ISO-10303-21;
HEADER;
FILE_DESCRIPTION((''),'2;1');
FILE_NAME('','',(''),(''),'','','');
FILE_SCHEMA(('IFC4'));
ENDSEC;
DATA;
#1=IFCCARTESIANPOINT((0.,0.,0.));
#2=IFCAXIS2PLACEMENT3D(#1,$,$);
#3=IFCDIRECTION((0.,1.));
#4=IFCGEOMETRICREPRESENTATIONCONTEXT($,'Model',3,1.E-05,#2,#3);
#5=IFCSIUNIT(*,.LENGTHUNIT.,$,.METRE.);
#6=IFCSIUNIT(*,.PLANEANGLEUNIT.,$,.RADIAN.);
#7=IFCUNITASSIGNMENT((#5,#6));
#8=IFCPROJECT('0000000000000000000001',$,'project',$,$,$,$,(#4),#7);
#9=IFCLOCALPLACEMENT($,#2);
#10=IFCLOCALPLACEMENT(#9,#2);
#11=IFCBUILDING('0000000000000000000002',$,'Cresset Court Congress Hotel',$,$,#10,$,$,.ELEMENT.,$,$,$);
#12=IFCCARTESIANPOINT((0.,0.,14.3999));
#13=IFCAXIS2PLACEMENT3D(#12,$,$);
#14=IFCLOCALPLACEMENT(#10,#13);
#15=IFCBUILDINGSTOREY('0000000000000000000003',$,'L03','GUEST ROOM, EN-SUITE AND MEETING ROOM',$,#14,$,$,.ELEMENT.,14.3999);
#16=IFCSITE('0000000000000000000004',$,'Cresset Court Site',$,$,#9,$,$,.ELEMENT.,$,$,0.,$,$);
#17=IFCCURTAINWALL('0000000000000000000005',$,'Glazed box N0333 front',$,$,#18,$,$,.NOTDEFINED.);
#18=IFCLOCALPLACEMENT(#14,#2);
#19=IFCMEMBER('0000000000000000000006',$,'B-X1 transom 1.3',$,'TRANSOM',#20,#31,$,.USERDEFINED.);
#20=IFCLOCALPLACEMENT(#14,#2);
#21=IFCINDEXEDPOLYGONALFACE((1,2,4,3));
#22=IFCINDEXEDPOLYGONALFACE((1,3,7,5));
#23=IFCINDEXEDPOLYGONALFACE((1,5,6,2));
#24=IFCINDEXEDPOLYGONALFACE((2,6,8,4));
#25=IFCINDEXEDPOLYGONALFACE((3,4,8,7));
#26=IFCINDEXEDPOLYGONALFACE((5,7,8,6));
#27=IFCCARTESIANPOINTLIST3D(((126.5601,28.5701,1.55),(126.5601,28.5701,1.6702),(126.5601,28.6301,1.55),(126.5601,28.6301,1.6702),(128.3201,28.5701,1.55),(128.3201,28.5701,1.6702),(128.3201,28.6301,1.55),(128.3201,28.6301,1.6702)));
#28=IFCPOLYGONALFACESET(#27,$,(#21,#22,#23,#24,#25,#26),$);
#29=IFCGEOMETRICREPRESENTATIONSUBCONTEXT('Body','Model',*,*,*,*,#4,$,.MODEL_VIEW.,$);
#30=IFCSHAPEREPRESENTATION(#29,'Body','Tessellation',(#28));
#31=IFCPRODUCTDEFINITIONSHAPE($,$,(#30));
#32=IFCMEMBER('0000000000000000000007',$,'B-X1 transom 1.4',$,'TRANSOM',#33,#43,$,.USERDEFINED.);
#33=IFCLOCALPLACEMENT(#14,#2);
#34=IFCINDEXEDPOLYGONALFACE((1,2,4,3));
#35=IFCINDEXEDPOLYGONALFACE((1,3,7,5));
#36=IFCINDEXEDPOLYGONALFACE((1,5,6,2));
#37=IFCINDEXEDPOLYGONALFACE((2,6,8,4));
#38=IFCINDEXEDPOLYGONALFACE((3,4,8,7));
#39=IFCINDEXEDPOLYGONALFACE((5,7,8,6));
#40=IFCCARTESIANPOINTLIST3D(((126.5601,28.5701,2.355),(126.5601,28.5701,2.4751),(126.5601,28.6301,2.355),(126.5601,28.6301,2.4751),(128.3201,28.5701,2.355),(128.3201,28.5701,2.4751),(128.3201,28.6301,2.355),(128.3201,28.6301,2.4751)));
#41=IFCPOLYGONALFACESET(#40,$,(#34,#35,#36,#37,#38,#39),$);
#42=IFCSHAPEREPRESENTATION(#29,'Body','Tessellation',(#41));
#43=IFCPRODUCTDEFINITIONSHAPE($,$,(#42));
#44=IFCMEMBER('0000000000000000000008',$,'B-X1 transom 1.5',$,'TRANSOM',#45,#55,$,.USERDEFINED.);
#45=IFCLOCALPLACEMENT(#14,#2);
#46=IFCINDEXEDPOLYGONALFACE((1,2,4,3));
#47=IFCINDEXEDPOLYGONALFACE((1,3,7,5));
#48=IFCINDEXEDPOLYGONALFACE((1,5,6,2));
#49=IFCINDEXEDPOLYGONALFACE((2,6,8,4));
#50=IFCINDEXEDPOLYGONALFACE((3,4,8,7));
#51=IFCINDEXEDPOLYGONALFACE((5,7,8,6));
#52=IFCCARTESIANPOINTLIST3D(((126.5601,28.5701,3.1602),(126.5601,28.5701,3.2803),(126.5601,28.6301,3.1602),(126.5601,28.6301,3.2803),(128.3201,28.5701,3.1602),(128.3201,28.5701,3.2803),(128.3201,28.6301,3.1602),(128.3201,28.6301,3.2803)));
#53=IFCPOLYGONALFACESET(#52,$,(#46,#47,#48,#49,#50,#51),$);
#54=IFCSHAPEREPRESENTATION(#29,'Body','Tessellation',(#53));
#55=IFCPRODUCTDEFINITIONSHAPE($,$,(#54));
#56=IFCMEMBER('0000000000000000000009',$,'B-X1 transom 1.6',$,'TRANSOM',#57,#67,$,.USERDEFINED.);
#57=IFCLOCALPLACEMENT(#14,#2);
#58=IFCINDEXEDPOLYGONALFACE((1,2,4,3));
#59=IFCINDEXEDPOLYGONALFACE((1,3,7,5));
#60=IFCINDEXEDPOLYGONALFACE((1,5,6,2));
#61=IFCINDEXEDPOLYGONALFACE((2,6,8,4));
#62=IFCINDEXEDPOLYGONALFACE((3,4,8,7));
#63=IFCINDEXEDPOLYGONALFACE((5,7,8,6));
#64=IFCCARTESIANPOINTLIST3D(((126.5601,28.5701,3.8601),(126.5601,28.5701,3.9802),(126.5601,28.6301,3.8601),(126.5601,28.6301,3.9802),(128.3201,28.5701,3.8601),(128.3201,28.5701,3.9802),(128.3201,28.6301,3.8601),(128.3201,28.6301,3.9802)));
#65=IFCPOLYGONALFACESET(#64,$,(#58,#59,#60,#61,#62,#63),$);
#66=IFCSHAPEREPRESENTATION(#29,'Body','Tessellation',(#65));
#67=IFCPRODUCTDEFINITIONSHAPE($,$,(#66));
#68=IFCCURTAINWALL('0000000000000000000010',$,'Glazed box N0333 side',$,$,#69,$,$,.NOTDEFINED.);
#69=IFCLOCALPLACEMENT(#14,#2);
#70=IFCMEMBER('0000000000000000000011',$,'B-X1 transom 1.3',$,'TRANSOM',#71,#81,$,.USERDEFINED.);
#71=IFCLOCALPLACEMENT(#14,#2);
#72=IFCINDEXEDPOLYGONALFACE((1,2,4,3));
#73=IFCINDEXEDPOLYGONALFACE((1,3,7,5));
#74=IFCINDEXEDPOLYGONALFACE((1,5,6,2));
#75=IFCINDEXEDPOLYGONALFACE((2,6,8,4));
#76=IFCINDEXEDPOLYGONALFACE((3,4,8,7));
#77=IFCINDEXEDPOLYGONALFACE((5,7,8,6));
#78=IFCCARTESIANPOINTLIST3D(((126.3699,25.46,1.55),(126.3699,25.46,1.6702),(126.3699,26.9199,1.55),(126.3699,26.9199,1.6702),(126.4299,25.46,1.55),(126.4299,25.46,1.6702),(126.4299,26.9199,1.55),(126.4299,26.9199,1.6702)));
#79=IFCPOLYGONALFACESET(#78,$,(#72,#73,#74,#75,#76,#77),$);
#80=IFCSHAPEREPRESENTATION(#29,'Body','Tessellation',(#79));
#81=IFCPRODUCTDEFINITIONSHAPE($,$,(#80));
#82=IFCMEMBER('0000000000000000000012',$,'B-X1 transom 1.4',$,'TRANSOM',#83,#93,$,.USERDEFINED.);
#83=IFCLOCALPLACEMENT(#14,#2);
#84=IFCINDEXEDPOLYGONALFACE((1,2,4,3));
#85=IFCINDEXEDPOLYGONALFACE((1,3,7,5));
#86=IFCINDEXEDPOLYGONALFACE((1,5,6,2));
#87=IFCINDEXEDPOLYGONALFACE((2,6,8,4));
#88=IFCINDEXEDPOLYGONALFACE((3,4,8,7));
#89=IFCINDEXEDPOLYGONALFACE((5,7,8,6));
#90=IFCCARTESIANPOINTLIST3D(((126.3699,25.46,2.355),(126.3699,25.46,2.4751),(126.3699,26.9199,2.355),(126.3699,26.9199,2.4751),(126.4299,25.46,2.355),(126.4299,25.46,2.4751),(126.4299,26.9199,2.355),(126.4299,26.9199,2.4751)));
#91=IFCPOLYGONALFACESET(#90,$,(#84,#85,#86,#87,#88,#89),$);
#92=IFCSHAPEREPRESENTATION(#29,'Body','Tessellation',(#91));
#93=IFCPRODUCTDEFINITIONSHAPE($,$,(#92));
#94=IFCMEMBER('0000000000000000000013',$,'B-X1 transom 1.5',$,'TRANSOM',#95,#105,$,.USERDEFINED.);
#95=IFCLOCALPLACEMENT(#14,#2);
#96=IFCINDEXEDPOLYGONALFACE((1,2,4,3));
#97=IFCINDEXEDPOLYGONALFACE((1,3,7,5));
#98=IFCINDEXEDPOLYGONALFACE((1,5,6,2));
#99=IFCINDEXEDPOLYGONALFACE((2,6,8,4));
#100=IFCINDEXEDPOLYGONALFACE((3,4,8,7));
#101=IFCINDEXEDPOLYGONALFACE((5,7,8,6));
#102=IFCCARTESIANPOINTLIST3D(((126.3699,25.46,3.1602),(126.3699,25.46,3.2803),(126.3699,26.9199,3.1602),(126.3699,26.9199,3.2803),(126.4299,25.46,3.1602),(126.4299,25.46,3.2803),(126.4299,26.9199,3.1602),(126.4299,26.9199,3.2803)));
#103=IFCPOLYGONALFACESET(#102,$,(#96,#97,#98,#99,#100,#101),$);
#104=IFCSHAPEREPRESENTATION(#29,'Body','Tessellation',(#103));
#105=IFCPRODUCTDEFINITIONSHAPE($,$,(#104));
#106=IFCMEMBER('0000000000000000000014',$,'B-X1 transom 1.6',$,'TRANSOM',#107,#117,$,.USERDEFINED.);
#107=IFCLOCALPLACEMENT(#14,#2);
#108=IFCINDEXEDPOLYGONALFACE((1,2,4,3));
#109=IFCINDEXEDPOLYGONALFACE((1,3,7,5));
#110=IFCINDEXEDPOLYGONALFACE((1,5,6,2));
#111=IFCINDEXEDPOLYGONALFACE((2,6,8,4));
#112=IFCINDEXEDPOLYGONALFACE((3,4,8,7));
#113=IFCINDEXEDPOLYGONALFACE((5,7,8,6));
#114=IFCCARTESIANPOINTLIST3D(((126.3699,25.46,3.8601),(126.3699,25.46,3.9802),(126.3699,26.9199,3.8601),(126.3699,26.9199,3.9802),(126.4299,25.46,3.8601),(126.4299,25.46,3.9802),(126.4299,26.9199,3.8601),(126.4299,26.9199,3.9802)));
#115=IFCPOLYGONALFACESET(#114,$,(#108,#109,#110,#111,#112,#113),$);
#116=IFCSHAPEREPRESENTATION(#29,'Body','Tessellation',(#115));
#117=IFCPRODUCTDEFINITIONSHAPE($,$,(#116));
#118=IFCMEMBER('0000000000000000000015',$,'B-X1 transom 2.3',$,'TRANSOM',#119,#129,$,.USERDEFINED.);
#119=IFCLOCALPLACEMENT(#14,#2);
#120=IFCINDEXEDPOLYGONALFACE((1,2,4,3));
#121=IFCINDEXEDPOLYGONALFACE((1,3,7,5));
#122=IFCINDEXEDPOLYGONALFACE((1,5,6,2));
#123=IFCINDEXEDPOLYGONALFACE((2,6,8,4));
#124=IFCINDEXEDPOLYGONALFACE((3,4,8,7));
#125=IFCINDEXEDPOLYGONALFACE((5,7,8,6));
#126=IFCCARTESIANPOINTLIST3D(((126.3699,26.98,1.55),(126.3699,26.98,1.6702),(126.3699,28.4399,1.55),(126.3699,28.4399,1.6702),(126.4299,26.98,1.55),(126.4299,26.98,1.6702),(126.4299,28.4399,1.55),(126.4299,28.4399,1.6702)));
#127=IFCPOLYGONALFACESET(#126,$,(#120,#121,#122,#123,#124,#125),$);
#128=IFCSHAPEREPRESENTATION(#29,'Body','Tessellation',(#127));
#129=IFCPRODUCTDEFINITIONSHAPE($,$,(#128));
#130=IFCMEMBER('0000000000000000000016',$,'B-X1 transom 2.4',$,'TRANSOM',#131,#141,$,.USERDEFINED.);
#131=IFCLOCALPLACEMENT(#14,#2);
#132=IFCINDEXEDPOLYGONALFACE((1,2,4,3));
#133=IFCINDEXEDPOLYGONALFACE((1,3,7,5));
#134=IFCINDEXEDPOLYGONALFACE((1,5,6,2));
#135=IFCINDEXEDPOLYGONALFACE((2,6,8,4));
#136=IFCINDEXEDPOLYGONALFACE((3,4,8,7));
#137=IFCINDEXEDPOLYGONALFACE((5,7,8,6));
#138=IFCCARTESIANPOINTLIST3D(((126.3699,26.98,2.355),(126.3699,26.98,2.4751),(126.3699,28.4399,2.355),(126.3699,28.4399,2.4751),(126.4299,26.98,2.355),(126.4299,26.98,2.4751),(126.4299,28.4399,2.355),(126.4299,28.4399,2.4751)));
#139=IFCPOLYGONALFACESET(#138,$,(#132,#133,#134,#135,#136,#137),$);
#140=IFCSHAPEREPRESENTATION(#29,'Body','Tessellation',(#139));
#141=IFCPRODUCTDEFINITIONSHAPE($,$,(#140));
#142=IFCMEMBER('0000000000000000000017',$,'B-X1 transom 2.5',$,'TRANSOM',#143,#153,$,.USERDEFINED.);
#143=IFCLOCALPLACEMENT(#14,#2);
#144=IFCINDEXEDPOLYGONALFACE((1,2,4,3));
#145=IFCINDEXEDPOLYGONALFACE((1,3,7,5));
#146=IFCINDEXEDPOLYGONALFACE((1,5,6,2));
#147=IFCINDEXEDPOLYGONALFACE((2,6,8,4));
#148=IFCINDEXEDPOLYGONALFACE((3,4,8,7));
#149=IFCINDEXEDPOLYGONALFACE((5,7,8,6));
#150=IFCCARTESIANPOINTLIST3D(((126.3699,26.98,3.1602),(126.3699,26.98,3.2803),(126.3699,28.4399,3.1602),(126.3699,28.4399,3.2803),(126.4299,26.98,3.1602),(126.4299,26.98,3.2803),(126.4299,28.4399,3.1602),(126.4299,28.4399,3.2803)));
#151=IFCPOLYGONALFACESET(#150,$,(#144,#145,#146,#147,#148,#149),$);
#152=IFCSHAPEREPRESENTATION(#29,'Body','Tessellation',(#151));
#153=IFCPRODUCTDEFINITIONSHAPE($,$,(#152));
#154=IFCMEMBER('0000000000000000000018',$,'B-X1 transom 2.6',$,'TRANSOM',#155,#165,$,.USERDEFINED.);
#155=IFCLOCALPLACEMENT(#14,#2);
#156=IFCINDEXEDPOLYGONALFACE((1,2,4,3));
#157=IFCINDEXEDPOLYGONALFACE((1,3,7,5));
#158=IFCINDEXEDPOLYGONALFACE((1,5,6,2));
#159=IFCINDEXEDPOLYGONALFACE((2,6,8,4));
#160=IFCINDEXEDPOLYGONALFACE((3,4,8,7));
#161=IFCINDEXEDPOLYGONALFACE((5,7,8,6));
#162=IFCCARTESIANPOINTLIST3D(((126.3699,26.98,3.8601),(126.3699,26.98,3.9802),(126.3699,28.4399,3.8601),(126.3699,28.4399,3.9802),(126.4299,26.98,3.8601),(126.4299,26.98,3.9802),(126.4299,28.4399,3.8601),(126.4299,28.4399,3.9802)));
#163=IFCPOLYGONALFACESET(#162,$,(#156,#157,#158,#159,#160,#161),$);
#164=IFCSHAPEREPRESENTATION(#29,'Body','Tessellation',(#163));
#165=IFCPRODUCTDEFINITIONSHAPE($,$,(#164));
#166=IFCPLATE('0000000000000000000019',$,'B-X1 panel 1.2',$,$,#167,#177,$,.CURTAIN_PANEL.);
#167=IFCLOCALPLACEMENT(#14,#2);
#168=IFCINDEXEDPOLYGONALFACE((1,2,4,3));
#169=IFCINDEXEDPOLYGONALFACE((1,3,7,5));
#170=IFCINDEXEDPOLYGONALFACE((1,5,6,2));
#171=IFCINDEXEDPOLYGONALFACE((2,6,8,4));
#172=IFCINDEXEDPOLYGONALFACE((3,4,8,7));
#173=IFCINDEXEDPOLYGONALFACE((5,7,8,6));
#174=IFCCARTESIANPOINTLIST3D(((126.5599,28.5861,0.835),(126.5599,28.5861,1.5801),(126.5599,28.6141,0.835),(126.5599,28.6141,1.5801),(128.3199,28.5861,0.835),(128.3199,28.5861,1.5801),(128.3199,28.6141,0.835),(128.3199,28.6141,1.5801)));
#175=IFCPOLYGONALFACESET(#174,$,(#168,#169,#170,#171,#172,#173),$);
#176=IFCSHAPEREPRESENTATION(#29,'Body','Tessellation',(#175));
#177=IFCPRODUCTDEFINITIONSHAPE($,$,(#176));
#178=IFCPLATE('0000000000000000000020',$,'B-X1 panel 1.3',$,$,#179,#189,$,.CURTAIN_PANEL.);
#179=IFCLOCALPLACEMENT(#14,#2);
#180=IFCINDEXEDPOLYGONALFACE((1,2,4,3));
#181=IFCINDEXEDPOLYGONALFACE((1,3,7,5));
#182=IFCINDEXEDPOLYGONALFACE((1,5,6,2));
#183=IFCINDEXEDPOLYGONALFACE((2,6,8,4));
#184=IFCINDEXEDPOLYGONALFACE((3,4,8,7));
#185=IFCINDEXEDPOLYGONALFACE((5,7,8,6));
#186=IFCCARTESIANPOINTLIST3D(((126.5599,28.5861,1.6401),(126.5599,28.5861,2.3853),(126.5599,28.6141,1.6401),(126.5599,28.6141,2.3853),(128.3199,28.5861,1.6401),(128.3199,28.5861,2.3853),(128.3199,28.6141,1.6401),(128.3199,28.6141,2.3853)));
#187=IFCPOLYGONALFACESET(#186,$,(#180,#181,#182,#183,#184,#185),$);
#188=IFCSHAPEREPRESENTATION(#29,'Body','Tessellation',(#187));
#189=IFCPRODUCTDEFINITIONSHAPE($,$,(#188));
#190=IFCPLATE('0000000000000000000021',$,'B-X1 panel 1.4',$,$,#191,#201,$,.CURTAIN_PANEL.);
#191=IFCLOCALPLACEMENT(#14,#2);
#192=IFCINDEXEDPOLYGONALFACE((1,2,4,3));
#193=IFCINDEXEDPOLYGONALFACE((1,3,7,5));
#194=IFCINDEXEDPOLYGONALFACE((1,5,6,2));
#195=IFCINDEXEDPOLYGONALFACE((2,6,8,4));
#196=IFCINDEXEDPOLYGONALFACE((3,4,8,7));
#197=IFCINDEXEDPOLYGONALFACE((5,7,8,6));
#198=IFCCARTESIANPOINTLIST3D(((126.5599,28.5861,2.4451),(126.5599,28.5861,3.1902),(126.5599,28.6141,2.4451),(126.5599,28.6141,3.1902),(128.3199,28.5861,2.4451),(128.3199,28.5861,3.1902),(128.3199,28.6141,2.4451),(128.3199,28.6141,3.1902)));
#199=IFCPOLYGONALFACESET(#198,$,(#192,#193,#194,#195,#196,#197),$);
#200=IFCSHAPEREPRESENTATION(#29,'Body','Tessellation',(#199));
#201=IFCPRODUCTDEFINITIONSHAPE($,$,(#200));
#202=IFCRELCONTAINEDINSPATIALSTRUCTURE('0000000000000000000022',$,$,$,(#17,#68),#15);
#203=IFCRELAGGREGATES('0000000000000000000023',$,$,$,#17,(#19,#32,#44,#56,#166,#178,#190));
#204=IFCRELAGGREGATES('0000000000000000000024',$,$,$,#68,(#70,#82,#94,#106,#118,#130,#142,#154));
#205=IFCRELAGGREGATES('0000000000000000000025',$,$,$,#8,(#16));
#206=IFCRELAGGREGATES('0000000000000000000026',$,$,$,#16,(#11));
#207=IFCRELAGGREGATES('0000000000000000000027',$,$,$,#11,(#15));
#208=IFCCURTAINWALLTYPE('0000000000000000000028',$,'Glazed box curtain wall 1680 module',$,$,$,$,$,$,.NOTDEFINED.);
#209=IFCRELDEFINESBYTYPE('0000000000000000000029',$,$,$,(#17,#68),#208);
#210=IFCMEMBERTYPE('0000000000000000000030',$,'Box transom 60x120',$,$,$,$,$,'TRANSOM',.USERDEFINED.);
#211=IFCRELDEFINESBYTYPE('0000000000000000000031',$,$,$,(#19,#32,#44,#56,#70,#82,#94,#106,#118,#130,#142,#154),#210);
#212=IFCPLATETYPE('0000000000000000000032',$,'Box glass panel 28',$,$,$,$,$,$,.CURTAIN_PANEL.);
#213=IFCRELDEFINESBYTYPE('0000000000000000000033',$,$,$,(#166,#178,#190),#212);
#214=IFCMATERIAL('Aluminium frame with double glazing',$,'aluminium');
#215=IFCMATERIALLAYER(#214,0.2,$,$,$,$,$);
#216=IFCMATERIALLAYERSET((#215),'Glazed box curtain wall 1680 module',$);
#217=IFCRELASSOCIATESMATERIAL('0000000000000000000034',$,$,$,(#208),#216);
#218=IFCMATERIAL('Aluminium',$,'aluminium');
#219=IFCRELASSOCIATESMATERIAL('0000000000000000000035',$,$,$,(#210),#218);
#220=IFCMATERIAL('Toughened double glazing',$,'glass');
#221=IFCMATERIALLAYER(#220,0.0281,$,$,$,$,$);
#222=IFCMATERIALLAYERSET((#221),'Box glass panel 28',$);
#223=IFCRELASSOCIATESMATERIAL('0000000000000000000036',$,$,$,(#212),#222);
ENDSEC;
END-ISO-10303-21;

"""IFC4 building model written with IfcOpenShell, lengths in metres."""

from ifc_helpers import new_model, si_unit, direction, frame, origin, origin_2d, place, context, subcontext, project, spatial, rectangle, extrude, material, layer, layer_set, material_profile, profile_set, type_object, element, aggregate, save


model = new_model("IFC4")

# Units and contexts
model_context = context("Model", 3, precision=1e-05, world=origin(), true_north=direction((0.0, 1.0)))
body_context = subcontext(model_context, "Body", "Model", "MODEL_VIEW")
ifc_project = project(units=[si_unit("LENGTHUNIT", "METRE"), si_unit("PLANEANGLEUNIT", "RADIAN")], contexts=[model_context])

# Site, building, storey
site_placement = place(None, origin())
site = spatial("IfcSite", under=ifc_project, at=site_placement, Name="Cresset Court Site", CompositionType="ELEMENT", RefElevation=0.0)
building_placement = place(site_placement, origin())
building = spatial("IfcBuilding", under=site, at=building_placement, Name="Cresset Court Congress Hotel", CompositionType="ELEMENT")
storey_placement = place(building_placement, frame((0.0, 0.0, 14.3999)))
storey = spatial("IfcBuildingStorey", under=building, at=storey_placement, Name="L03", Description="GUEST ROOM, EN-SUITE AND MEETING ROOM", CompositionType="ELEMENT", Elevation=14.3999)

# Curtain walls, members
ifc_material_1 = material(Name="Aluminium frame with double glazing", Category="aluminium")
ifc_layer_1 = layer(ifc_material_1, 0.2)
ifc_layer_set_1 = layer_set([ifc_layer_1], Name="Glazed box curtain wall 1680 module")
curtain_wall_type = type_object("IfcCurtainWallType", Name="Glazed box curtain wall 1680 module", PredefinedType="NOTDEFINED", material=ifc_layer_set_1)
curtain_wall_1_placement = place(storey_placement, origin())
curtain_wall_1 = element("IfcCurtainWall", 1, at=curtain_wall_1_placement, inside=storey, type_object=curtain_wall_type, Name="Glazed box N0333 front", PredefinedType="NOTDEFINED")
ifc_material_2 = material(Name="Aluminium", Category="aluminium")
ifc_material_profile = material_profile(ifc_material_2, rectangle(XDim=0.0601, YDim=0.1201, at=origin_2d()), Name="Box transom 60x120")
ifc_profile_set = profile_set([ifc_material_profile], Name="Aluminium")
member_type = type_object("IfcMemberType", Name="Box transom 60x120", ElementType="TRANSOM", PredefinedType="USERDEFINED", material=ifc_profile_set)
member_1_placement = place(storey_placement, frame((126.5601, 28.6001, 1.6101), z_axis=(1.0, 0.0, 0.0), x_axis=(0.0, 1.0, 0.0)))
member_1 = element("IfcMember", 2, at=member_1_placement, type_object=member_type, Name="B-X1 transom 1.3", ObjectType="TRANSOM", PredefinedType="USERDEFINED", context=body_context, shape_type="SweptSolid", body=[
    extrude(rectangle(XDim=0.0601, YDim=0.1201, at=origin_2d()), origin(), (0.0, 0.0, 1.0), 1.76),
])
member_2_placement = place(storey_placement, frame((126.5601, 28.6001, 2.415), z_axis=(1.0, 0.0, 0.0), x_axis=(0.0, 1.0, 0.0)))
member_2 = element("IfcMember", 3, at=member_2_placement, type_object=member_type, Name="B-X1 transom 1.4", ObjectType="TRANSOM", PredefinedType="USERDEFINED", context=body_context, shape_type="SweptSolid", body=[
    extrude(rectangle(XDim=0.0601, YDim=0.1201, at=origin_2d()), origin(), (0.0, 0.0, 1.0), 1.76),
])
member_3_placement = place(storey_placement, frame((126.5601, 28.6001, 3.2202), z_axis=(1.0, 0.0, 0.0), x_axis=(0.0, 1.0, 0.0)))
member_3 = element("IfcMember", 4, at=member_3_placement, type_object=member_type, Name="B-X1 transom 1.5", ObjectType="TRANSOM", PredefinedType="USERDEFINED", context=body_context, shape_type="SweptSolid", body=[
    extrude(rectangle(XDim=0.0601, YDim=0.1201, at=origin_2d()), origin(), (0.0, 0.0, 1.0), 1.76),
])
member_4_placement = place(storey_placement, frame((126.5601, 28.6001, 3.9202), z_axis=(1.0, 0.0, 0.0), x_axis=(0.0, 1.0, 0.0)))
member_4 = element("IfcMember", 5, at=member_4_placement, type_object=member_type, Name="B-X1 transom 1.6", ObjectType="TRANSOM", PredefinedType="USERDEFINED", context=body_context, shape_type="SweptSolid", body=[
    extrude(rectangle(XDim=0.0601, YDim=0.1201, at=origin_2d()), origin(), (0.0, 0.0, 1.0), 1.76),
])
curtain_wall_2_placement = place(storey_placement, origin())
curtain_wall_2 = element("IfcCurtainWall", 6, at=curtain_wall_2_placement, inside=storey, type_object=curtain_wall_type, Name="Glazed box N0333 side", PredefinedType="NOTDEFINED")
member_5_placement = place(storey_placement, frame((126.3999, 25.46, 1.6101), z_axis=(0.0, 1.0, 0.0), x_axis=(-1.0, 0.0, 0.0)))
member_5 = element("IfcMember", 7, at=member_5_placement, type_object=member_type, Name="B-X1 transom 1.3", ObjectType="TRANSOM", PredefinedType="USERDEFINED", context=body_context, shape_type="SweptSolid", body=[
    extrude(rectangle(XDim=0.0601, YDim=0.1201, at=origin_2d()), origin(), (0.0, 0.0, 1.0), 1.46),
])
member_6_placement = place(storey_placement, frame((126.3999, 25.46, 2.415), z_axis=(0.0, 1.0, 0.0), x_axis=(-1.0, 0.0, 0.0)))
member_6 = element("IfcMember", 8, at=member_6_placement, type_object=member_type, Name="B-X1 transom 1.4", ObjectType="TRANSOM", PredefinedType="USERDEFINED", context=body_context, shape_type="SweptSolid", body=[
    extrude(rectangle(XDim=0.0601, YDim=0.1201, at=origin_2d()), origin(), (0.0, 0.0, 1.0), 1.46),
])
member_7_placement = place(storey_placement, frame((126.3999, 25.46, 3.2202), z_axis=(0.0, 1.0, 0.0), x_axis=(-1.0, 0.0, 0.0)))
member_7 = element("IfcMember", 9, at=member_7_placement, type_object=member_type, Name="B-X1 transom 1.5", ObjectType="TRANSOM", PredefinedType="USERDEFINED", context=body_context, shape_type="SweptSolid", body=[
    extrude(rectangle(XDim=0.0601, YDim=0.1201, at=origin_2d()), origin(), (0.0, 0.0, 1.0), 1.46),
])
member_8_placement = place(storey_placement, frame((126.3999, 25.46, 3.9202), z_axis=(0.0, 1.0, 0.0), x_axis=(-1.0, 0.0, 0.0)))
member_8 = element("IfcMember", 10, at=member_8_placement, type_object=member_type, Name="B-X1 transom 1.6", ObjectType="TRANSOM", PredefinedType="USERDEFINED", context=body_context, shape_type="SweptSolid", body=[
    extrude(rectangle(XDim=0.0601, YDim=0.1201, at=origin_2d()), origin(), (0.0, 0.0, 1.0), 1.46),
])
member_9_placement = place(storey_placement, frame((126.3999, 26.98, 1.6101), z_axis=(0.0, 1.0, 0.0), x_axis=(-1.0, 0.0, 0.0)))
member_9 = element("IfcMember", 11, at=member_9_placement, type_object=member_type, Name="B-X1 transom 2.3", ObjectType="TRANSOM", PredefinedType="USERDEFINED", context=body_context, shape_type="SweptSolid", body=[
    extrude(rectangle(XDim=0.0601, YDim=0.1201, at=origin_2d()), origin(), (0.0, 0.0, 1.0), 1.46),
])
member_10_placement = place(storey_placement, frame((126.3999, 26.98, 2.415), z_axis=(0.0, 1.0, 0.0), x_axis=(-1.0, 0.0, 0.0)))
member_10 = element("IfcMember", 12, at=member_10_placement, type_object=member_type, Name="B-X1 transom 2.4", ObjectType="TRANSOM", PredefinedType="USERDEFINED", context=body_context, shape_type="SweptSolid", body=[
    extrude(rectangle(XDim=0.0601, YDim=0.1201, at=origin_2d()), origin(), (0.0, 0.0, 1.0), 1.46),
])
member_11_placement = place(storey_placement, frame((126.3999, 26.98, 3.2202), z_axis=(0.0, 1.0, 0.0), x_axis=(-1.0, 0.0, 0.0)))
member_11 = element("IfcMember", 13, at=member_11_placement, type_object=member_type, Name="B-X1 transom 2.5", ObjectType="TRANSOM", PredefinedType="USERDEFINED", context=body_context, shape_type="SweptSolid", body=[
    extrude(rectangle(XDim=0.0601, YDim=0.1201, at=origin_2d()), origin(), (0.0, 0.0, 1.0), 1.46),
])
member_12_placement = place(storey_placement, frame((126.3999, 26.98, 3.9202), z_axis=(0.0, 1.0, 0.0), x_axis=(-1.0, 0.0, 0.0)))
member_12 = element("IfcMember", 14, at=member_12_placement, type_object=member_type, Name="B-X1 transom 2.6", ObjectType="TRANSOM", PredefinedType="USERDEFINED", context=body_context, shape_type="SweptSolid", body=[
    extrude(rectangle(XDim=0.0601, YDim=0.1201, at=origin_2d()), origin(), (0.0, 0.0, 1.0), 1.46),
])

# Plates
ifc_material_3 = material(Name="Toughened double glazing", Category="glass")
ifc_layer_2 = layer(ifc_material_3, 0.0281)
ifc_layer_set_2 = layer_set([ifc_layer_2], Name="Box glass panel 28")
plate_type_1 = type_object("IfcPlateType", Name="Box glass panel 28", PredefinedType="CURTAIN_PANEL", material=ifc_layer_set_2)
plate_1_placement = place(storey_placement, frame((127.4399, 28.6001, 0.835), z_axis=(0.0, 0.0, 1.0), x_axis=(1.0, 0.0, 0.0)))
plate_1 = element("IfcPlate", 15, at=plate_1_placement, type_object=plate_type_1, Name="B-X1 panel 1.2", PredefinedType="CURTAIN_PANEL", context=body_context, shape_type="SweptSolid", body=[
    extrude(rectangle(XDim=1.76, YDim=0.0281, at=origin_2d()), origin(), (0.0, 0.0, 1.0), 0.7451),
])
plate_2_placement = place(storey_placement, frame((127.4399, 28.6001, 1.6401), z_axis=(0.0, 0.0, 1.0), x_axis=(1.0, 0.0, 0.0)))
plate_2 = element("IfcPlate", 16, at=plate_2_placement, type_object=plate_type_1, Name="B-X1 panel 1.3", PredefinedType="CURTAIN_PANEL", context=body_context, shape_type="SweptSolid", body=[
    extrude(rectangle(XDim=1.76, YDim=0.0281, at=origin_2d()), origin(), (0.0, 0.0, 1.0), 0.7451),
])
plate_3_placement = place(storey_placement, frame((127.4399, 28.6001, 2.4451), z_axis=(0.0, 0.0, 1.0), x_axis=(1.0, 0.0, 0.0)))
plate_3 = element("IfcPlate", 17, at=plate_3_placement, type_object=plate_type_1, Name="B-X1 panel 1.4", PredefinedType="CURTAIN_PANEL", context=body_context, shape_type="SweptSolid", body=[
    extrude(rectangle(XDim=1.76, YDim=0.0281, at=origin_2d()), origin(), (0.0, 0.0, 1.0), 0.7451),
])
aggregate(curtain_wall_1, [member_1, member_2, member_3, member_4, plate_1, plate_2, plate_3])
aggregate(curtain_wall_2, [member_5, member_6, member_7, member_8, member_9, member_10, member_11, member_12])

save(model, "model.ifc")
